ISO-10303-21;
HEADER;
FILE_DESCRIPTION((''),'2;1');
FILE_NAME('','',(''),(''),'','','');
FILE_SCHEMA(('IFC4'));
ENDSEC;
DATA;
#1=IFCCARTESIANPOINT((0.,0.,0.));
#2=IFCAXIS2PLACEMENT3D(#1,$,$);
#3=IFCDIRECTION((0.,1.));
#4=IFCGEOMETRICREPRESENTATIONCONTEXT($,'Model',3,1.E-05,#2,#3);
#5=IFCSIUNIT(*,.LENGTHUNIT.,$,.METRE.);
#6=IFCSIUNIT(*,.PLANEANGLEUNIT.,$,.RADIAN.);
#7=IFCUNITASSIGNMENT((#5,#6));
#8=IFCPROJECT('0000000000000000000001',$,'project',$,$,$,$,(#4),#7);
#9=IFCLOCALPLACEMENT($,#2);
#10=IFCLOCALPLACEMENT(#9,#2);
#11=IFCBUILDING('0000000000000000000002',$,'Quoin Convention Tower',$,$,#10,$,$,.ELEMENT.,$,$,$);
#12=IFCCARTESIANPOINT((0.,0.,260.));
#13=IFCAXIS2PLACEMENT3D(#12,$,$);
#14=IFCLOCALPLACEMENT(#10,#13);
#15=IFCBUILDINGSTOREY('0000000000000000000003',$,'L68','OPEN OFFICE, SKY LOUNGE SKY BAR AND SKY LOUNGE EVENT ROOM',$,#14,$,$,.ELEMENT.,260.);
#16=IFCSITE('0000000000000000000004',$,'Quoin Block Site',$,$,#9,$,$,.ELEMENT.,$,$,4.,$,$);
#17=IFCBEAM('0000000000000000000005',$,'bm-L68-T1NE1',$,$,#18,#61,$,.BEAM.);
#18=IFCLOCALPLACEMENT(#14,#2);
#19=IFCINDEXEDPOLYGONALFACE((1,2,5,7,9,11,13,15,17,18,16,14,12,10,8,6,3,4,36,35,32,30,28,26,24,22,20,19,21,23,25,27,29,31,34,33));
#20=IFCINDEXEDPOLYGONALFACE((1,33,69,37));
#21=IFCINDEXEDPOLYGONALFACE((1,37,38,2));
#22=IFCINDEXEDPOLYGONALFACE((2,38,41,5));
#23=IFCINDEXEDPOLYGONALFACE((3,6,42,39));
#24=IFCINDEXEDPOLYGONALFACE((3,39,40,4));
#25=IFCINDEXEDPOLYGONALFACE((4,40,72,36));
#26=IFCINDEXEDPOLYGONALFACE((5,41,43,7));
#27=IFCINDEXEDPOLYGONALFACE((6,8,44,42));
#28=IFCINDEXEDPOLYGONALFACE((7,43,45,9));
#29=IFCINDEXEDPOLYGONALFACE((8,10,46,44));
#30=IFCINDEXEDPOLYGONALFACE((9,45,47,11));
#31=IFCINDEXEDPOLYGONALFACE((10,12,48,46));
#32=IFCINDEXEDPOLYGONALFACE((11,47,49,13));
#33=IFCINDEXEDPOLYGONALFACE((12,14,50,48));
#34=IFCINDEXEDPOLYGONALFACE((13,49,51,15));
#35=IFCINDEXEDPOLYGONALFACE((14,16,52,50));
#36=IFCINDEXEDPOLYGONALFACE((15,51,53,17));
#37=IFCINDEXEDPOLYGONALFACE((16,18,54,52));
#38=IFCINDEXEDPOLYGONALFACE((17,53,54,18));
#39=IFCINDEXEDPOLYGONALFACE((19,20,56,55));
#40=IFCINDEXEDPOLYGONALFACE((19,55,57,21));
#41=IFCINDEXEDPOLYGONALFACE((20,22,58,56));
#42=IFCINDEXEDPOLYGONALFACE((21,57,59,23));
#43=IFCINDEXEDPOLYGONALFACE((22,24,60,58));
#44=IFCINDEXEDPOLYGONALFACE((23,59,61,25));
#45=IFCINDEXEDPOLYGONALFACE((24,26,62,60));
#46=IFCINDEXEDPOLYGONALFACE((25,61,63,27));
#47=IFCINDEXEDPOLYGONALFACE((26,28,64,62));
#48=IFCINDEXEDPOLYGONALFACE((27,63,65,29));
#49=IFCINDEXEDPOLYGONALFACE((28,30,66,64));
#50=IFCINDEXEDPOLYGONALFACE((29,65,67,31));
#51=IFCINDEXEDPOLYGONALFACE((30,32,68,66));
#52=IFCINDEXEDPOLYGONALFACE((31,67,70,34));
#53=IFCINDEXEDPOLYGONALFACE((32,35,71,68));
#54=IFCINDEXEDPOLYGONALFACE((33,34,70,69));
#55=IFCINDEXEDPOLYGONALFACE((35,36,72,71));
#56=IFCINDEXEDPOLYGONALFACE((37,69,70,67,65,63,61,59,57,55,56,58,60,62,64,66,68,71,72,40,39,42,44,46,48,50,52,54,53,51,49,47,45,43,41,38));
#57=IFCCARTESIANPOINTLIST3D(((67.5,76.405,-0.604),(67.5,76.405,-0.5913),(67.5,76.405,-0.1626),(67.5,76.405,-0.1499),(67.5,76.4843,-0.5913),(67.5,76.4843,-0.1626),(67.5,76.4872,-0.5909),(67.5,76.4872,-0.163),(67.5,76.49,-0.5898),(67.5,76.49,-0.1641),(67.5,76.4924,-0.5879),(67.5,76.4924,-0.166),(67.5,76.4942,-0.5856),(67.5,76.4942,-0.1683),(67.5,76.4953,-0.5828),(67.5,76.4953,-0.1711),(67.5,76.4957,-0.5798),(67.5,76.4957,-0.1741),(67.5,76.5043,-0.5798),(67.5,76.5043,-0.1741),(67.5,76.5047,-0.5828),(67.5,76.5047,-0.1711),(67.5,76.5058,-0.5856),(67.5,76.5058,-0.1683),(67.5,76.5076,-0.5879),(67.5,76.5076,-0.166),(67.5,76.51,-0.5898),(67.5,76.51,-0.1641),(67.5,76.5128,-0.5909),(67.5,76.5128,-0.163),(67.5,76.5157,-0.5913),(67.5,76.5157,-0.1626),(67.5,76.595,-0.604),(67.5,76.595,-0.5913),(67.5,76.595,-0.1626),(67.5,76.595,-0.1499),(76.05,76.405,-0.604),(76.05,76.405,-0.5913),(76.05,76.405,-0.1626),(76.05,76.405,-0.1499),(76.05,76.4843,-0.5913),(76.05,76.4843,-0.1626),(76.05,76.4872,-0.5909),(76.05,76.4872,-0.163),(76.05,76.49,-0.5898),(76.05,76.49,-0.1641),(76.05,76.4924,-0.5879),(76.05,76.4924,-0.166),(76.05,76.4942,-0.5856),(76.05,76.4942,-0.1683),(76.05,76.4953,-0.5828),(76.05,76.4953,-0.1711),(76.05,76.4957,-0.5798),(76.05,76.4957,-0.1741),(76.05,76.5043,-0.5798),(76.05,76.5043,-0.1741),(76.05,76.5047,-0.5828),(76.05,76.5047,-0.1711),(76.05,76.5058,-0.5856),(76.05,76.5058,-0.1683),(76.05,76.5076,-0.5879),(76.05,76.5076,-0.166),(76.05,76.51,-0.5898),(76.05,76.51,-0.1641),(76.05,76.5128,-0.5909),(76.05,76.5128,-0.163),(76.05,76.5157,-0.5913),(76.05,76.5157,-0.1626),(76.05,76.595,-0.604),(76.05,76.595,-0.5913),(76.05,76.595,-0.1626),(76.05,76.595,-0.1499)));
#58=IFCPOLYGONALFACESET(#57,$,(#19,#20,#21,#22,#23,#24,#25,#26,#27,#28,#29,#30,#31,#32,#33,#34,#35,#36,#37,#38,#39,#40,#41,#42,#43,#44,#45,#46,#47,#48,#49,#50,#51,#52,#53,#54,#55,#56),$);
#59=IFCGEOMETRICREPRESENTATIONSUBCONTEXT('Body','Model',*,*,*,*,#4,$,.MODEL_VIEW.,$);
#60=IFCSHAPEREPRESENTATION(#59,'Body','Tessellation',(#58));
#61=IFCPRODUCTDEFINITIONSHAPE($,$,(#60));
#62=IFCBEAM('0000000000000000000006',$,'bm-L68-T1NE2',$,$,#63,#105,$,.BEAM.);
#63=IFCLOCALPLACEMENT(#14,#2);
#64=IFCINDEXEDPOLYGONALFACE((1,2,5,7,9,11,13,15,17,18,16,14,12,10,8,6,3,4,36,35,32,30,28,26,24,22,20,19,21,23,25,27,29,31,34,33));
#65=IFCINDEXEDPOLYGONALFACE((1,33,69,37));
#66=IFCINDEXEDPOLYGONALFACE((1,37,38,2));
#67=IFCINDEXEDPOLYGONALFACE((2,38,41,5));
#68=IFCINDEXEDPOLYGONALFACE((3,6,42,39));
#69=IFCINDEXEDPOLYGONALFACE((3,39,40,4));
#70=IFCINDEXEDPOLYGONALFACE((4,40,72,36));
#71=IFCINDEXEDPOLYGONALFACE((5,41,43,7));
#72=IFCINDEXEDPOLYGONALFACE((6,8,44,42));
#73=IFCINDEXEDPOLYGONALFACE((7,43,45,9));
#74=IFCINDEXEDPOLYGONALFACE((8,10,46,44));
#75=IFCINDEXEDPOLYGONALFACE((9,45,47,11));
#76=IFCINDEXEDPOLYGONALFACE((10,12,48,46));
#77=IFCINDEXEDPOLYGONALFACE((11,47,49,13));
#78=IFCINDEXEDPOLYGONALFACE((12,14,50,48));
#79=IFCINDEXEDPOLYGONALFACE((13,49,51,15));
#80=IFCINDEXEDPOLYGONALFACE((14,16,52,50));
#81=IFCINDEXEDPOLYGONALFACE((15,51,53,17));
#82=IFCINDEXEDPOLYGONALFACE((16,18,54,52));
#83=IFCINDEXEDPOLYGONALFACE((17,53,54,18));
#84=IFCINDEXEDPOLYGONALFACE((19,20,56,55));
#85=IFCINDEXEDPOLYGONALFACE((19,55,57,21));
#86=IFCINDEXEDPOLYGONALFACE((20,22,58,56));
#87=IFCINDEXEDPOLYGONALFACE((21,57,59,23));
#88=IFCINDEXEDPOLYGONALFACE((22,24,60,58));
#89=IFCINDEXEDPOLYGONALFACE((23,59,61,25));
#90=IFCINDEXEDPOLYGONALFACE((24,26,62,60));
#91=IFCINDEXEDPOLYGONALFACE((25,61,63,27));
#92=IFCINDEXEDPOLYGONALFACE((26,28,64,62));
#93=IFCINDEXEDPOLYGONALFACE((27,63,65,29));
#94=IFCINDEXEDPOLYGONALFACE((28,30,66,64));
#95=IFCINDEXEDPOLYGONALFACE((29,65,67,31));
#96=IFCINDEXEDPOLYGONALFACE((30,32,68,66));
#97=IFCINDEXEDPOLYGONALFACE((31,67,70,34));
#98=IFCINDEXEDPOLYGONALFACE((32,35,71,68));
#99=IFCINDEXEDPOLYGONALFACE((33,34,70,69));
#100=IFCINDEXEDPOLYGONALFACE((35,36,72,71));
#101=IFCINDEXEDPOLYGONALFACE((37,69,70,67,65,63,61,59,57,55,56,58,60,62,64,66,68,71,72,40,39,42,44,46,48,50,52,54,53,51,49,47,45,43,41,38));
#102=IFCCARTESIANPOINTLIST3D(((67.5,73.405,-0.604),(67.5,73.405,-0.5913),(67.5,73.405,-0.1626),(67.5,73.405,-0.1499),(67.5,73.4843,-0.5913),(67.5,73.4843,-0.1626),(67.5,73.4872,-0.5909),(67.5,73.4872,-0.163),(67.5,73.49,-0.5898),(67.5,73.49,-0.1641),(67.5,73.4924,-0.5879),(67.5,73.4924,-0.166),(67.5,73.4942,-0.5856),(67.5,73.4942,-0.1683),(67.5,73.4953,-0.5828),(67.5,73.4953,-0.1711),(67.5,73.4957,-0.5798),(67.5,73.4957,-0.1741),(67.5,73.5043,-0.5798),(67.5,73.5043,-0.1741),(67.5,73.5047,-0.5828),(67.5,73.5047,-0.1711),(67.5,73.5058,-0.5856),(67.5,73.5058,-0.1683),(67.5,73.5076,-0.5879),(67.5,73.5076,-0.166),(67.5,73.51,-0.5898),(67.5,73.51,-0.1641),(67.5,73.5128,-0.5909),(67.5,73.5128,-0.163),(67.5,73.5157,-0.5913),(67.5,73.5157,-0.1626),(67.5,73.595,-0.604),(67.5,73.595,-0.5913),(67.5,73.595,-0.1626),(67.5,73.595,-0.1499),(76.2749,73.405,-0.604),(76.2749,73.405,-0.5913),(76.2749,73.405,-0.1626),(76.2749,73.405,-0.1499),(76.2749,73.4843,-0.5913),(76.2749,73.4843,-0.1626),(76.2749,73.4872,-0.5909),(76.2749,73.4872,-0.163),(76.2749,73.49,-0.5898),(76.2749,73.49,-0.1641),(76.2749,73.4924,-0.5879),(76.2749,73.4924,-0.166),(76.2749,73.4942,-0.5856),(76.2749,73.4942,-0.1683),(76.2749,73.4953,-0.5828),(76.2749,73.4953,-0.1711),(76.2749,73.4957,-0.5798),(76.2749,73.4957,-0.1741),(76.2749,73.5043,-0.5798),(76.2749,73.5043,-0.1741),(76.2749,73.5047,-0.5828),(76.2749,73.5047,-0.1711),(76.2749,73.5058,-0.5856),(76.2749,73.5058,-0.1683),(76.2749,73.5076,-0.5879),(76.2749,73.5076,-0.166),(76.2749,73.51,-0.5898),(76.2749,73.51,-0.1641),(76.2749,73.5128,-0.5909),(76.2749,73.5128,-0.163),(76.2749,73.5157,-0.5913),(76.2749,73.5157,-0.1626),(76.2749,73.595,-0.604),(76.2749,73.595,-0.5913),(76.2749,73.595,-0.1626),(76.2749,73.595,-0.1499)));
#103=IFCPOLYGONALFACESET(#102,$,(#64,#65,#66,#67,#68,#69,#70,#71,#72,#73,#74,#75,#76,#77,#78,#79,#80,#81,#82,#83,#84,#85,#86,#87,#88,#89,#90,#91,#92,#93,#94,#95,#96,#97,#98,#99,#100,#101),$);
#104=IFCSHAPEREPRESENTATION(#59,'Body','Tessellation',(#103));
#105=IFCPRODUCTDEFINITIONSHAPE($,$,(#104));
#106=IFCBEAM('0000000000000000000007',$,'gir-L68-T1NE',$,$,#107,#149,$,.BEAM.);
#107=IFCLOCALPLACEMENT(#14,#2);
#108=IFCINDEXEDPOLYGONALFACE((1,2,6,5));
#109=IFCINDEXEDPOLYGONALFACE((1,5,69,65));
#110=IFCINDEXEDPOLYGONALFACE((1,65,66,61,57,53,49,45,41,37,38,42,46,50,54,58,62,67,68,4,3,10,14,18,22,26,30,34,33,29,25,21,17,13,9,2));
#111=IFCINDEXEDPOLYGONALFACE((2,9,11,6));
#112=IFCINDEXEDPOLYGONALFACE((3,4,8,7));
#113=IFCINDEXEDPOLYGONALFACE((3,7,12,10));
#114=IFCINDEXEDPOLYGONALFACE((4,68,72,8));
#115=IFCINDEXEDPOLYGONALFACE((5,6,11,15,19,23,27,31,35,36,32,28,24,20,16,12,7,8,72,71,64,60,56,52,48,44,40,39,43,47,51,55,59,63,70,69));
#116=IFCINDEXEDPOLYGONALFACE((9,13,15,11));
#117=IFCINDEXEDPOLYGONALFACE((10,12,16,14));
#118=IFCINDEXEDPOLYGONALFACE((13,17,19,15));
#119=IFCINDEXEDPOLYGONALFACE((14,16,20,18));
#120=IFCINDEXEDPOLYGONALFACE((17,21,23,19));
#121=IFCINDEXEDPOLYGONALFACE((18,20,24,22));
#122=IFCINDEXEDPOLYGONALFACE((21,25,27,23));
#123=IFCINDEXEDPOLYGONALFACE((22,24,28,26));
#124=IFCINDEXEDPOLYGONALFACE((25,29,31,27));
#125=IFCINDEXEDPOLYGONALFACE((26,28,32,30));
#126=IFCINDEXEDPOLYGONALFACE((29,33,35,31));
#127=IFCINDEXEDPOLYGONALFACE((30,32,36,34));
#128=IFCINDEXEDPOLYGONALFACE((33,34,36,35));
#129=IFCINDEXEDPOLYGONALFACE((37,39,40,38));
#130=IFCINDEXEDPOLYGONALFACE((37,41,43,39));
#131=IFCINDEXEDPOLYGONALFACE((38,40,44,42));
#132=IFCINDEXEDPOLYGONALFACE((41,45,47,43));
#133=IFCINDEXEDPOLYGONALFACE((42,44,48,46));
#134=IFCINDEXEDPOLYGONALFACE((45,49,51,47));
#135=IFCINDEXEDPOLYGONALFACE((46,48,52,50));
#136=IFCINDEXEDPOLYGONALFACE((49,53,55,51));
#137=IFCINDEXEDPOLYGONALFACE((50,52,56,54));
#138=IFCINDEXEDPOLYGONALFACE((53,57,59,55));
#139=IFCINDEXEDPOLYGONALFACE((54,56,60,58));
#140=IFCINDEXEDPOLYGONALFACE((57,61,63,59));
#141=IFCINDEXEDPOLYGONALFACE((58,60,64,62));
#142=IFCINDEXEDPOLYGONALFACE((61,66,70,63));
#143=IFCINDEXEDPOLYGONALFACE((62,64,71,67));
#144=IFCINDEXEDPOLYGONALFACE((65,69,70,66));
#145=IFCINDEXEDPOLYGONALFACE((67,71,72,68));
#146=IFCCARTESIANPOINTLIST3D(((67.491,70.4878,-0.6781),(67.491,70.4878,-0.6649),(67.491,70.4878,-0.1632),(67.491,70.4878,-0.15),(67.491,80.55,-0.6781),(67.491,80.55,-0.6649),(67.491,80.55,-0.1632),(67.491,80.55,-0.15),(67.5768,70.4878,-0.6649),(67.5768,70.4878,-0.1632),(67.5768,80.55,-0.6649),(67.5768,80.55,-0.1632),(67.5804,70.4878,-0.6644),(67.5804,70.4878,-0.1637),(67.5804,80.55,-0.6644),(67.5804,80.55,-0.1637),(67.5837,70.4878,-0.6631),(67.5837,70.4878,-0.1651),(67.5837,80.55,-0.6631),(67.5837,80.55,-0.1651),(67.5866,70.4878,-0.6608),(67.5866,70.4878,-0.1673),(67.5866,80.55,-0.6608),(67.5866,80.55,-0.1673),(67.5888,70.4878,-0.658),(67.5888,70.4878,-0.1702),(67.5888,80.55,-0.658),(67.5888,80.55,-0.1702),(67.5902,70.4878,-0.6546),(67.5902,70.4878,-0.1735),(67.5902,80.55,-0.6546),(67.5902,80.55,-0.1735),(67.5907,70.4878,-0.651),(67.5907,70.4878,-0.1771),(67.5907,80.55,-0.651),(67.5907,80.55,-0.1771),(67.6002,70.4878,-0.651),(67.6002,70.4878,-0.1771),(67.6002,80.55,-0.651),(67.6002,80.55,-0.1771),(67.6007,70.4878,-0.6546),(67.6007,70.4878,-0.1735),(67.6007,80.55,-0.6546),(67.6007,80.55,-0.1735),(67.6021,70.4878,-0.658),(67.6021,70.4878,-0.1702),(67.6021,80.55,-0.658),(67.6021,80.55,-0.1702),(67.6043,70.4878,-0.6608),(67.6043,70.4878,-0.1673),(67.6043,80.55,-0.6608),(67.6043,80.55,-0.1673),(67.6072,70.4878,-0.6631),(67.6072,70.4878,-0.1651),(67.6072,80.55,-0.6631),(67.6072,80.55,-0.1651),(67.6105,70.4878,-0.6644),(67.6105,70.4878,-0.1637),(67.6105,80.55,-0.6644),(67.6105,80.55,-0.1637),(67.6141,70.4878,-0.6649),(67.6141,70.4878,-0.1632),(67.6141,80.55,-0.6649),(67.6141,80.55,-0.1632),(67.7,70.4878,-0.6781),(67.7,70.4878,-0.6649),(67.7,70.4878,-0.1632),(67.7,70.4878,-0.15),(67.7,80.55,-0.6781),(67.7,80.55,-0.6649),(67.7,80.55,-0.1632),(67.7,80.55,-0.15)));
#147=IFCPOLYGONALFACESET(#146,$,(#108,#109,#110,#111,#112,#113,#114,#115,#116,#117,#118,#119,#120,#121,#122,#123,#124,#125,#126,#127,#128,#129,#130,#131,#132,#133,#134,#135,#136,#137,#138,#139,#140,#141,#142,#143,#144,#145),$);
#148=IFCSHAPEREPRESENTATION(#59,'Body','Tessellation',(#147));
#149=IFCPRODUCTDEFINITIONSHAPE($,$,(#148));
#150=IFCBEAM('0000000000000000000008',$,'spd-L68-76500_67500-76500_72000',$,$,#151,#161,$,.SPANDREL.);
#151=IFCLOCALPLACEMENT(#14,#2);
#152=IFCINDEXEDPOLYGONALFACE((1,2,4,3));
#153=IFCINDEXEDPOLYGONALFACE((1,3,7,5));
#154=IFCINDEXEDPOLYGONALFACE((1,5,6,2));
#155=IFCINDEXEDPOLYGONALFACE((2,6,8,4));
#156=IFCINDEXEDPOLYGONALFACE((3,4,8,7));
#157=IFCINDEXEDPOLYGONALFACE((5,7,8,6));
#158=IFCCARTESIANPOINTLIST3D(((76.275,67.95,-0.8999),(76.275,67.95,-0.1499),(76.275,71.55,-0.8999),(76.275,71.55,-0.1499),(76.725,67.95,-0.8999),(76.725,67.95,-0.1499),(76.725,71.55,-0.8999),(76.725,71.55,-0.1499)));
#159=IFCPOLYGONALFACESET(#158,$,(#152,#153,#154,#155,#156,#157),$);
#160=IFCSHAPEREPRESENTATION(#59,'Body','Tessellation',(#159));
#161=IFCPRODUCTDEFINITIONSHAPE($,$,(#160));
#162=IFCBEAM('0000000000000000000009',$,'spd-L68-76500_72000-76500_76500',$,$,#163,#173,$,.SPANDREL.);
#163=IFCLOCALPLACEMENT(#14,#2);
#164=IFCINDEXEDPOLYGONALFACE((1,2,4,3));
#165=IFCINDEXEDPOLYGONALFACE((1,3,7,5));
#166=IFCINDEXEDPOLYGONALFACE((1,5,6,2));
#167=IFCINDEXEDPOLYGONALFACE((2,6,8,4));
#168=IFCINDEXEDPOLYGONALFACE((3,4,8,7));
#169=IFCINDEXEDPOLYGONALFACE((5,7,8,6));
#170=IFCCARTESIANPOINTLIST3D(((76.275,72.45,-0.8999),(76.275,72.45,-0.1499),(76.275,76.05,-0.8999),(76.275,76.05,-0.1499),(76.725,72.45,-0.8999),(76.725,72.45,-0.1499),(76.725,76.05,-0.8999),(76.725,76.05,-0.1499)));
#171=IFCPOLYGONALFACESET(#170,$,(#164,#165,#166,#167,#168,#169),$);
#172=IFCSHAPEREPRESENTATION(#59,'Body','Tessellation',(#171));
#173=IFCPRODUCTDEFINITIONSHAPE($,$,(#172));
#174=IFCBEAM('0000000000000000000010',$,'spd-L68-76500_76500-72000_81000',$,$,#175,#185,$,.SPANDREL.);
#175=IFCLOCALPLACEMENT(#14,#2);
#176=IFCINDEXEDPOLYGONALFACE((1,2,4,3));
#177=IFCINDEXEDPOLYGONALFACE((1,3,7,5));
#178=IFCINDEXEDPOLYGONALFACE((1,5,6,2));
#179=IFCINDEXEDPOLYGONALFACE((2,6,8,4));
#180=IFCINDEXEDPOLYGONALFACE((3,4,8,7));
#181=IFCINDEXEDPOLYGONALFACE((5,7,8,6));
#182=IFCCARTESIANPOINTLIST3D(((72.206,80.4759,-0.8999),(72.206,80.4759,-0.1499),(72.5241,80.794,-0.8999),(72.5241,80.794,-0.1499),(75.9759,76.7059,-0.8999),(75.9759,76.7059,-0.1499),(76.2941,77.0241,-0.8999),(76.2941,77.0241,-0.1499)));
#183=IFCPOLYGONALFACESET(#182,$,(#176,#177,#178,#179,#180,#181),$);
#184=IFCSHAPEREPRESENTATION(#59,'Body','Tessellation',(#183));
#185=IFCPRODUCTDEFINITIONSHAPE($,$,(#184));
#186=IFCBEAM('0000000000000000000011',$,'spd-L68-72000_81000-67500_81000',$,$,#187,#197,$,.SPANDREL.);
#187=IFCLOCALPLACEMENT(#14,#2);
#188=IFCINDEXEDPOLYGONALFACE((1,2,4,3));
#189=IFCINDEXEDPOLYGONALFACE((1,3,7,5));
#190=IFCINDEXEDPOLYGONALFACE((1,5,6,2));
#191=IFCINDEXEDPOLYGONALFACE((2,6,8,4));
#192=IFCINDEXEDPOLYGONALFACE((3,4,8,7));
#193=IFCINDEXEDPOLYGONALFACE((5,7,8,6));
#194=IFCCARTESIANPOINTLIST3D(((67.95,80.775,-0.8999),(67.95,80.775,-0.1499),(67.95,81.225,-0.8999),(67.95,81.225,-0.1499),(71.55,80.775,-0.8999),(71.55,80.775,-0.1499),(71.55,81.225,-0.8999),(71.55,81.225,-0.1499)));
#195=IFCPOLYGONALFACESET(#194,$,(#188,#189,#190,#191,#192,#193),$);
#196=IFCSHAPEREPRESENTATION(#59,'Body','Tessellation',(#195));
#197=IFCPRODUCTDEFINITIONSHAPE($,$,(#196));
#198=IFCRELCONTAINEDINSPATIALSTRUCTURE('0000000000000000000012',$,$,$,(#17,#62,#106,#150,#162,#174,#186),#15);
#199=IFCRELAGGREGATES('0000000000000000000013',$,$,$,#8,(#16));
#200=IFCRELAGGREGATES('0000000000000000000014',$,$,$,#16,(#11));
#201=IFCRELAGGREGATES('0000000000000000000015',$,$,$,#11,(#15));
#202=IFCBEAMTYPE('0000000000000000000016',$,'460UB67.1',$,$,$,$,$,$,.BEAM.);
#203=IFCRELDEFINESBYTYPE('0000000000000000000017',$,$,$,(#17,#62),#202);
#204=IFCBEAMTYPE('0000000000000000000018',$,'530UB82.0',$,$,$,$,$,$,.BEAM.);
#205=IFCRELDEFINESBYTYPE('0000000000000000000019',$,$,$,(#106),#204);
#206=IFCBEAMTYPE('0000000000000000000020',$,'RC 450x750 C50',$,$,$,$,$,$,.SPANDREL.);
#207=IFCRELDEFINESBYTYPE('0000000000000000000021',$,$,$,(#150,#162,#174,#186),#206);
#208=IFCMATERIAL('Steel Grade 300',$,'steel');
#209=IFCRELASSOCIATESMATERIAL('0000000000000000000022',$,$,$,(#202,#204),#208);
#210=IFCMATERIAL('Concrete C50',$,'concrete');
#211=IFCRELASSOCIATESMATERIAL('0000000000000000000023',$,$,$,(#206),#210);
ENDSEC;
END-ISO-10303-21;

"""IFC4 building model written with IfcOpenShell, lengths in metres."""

from ifc_helpers import new_model, si_unit, direction, frame, origin, origin_2d, place, context, subcontext, project, spatial, rectangle, i_section, extrude, material, material_profile, profile_set, type_object, element, save


model = new_model("IFC4")

# Units and contexts
model_context = context("Model", 3, precision=1e-05, world=origin(), true_north=direction((0.0, 1.0)))
body_context = subcontext(model_context, "Body", "Model", "MODEL_VIEW")
ifc_project = project(units=[si_unit("LENGTHUNIT", "METRE"), si_unit("PLANEANGLEUNIT", "RADIAN")], contexts=[model_context])

# Site, building, storey
site_placement = place(None, origin())
site = spatial("IfcSite", under=ifc_project, at=site_placement, Name="Quoin Block Site", CompositionType="ELEMENT", RefElevation=4.0)
building_placement = place(site_placement, origin())
building = spatial("IfcBuilding", under=site, at=building_placement, Name="Quoin Convention Tower", CompositionType="ELEMENT")
storey_placement = place(building_placement, frame((0.0, 0.0, 260.0)))
storey = spatial("IfcBuildingStorey", under=building, at=storey_placement, Name="L68", Description="OPEN OFFICE, SKY LOUNGE SKY BAR AND SKY LOUNGE EVENT ROOM", CompositionType="ELEMENT", Elevation=260.0)

# Shared definitions
ifc_material_1 = material(Name="Concrete C50", Category="concrete")

# Beams
ifc_material_2 = material(Name="Steel Grade 300", Category="steel")
ifc_material_profile_1 = material_profile(ifc_material_2, i_section(OverallWidth=0.1899, OverallDepth=0.4541, WebThickness=0.0085, FlangeThickness=0.0127, FilletRadius=0.0115, at=origin_2d()), Name="460UB67.1")
ifc_profile_set_1 = profile_set([ifc_material_profile_1], Name="Steel Grade 300")
beam_type_1 = type_object("IfcBeamType", Name="460UB67.1", PredefinedType="BEAM", material=ifc_profile_set_1)
beam_1_placement = place(storey_placement, frame((67.5, 76.5, -0.377), z_axis=(1.0, 0.0, 0.0), x_axis=(0.0, 1.0, 0.0)))
element("IfcBeam", 1, at=beam_1_placement, inside=storey, type_object=beam_type_1, Name="bm-L68-T1NE1", PredefinedType="BEAM", context=body_context, shape_type="SweptSolid", body=[
    extrude(i_section(OverallWidth=0.1899, OverallDepth=0.4541, WebThickness=0.0085, FlangeThickness=0.0127, FilletRadius=0.0115, at=origin_2d()), origin(), (0.0, 0.0, 1.0), 8.55),
])
beam_2_placement = place(storey_placement, frame((67.5, 73.5, -0.377), z_axis=(1.0, 0.0, 0.0), x_axis=(0.0, 1.0, 0.0)))
element("IfcBeam", 2, at=beam_2_placement, inside=storey, type_object=beam_type_1, Name="bm-L68-T1NE2", PredefinedType="BEAM", context=body_context, shape_type="SweptSolid", body=[
    extrude(i_section(OverallWidth=0.1899, OverallDepth=0.4541, WebThickness=0.0085, FlangeThickness=0.0127, FilletRadius=0.0115, at=origin_2d()), origin(), (0.0, 0.0, 1.0), 8.7749),
])
ifc_material_profile_2 = material_profile(ifc_material_2, i_section(OverallWidth=0.209, OverallDepth=0.5281, WebThickness=0.0095, FlangeThickness=0.0132, FilletRadius=0.0139, at=origin_2d()), Name="530UB82.0")
ifc_profile_set_2 = profile_set([ifc_material_profile_2], Name="Steel Grade 300")
beam_type_2 = type_object("IfcBeamType", Name="530UB82.0", PredefinedType="BEAM", material=ifc_profile_set_2)
beam_3_placement = place(storey_placement, frame((67.5955, 80.55, -0.4141), z_axis=(0.0, -1.0, 0.0), x_axis=(1.0, 0.0, 0.0)))
element("IfcBeam", 3, at=beam_3_placement, inside=storey, type_object=beam_type_2, Name="gir-L68-T1NE", PredefinedType="BEAM", context=body_context, shape_type="SweptSolid", body=[
    extrude(i_section(OverallWidth=0.209, OverallDepth=0.5281, WebThickness=0.0095, FlangeThickness=0.0132, FilletRadius=0.0139, at=origin_2d()), origin(), (0.0, 0.0, 1.0), 10.0623),
])
ifc_material_profile_3 = material_profile(ifc_material_1, rectangle(XDim=0.45, YDim=0.75, at=origin_2d()), Name="RC 450x750")
ifc_profile_set_3 = profile_set([ifc_material_profile_3], Name="Concrete C50")
beam_type_3 = type_object("IfcBeamType", Name="RC 450x750 C50", PredefinedType="SPANDREL", material=ifc_profile_set_3)
for number, where, z_axis, x_axis, name in (
    (4, (76.5, 67.95, -0.5249), (0.0, 1.0, 0.0), (-1.0, 0.0, 0.0), "spd-L68-76500_67500-76500_72000"),
    (5, (76.5, 72.45, -0.5249), (0.0, 1.0, 0.0), (-1.0, 0.0, 0.0), "spd-L68-76500_72000-76500_76500"),
):
    element("IfcBeam", number, at=place(storey_placement, frame(where, z_axis=z_axis, x_axis=x_axis)), inside=storey, type_object=beam_type_3, Name=name, PredefinedType="SPANDREL", context=body_context, shape_type="SweptSolid", body=[
        extrude(rectangle(XDim=0.45, YDim=0.75, at=origin_2d()), origin(), (0.0, 0.0, 1.0), 3.6001),
    ])
beam_4_placement = place(storey_placement, frame((76.135, 76.865, -0.5249), z_axis=(-0.707107, 0.707107, 0.0), x_axis=(-0.707107, -0.707107, 0.0)))
element("IfcBeam", 6, at=beam_4_placement, inside=storey, type_object=beam_type_3, Name="spd-L68-76500_76500-72000_81000", PredefinedType="SPANDREL", context=body_context, shape_type="SweptSolid", body=[
    extrude(rectangle(XDim=0.45, YDim=0.75, at=origin_2d()), origin(), (0.0, 0.0, 1.0), 5.3315),
])
for number, where, z_axis, x_axis, name in (
    (7, (71.55, 81.0, -0.5249), (-1.0, 0.0, 0.0), (0.0, -1.0, 0.0), "spd-L68-72000_81000-67500_81000"),
):
    element("IfcBeam", number, at=place(storey_placement, frame(where, z_axis=z_axis, x_axis=x_axis)), inside=storey, type_object=beam_type_3, Name=name, PredefinedType="SPANDREL", context=body_context, shape_type="SweptSolid", body=[
        extrude(rectangle(XDim=0.45, YDim=0.75, at=origin_2d()), origin(), (0.0, 0.0, 1.0), 3.6001),
    ])

save(model, "model.ifc")
